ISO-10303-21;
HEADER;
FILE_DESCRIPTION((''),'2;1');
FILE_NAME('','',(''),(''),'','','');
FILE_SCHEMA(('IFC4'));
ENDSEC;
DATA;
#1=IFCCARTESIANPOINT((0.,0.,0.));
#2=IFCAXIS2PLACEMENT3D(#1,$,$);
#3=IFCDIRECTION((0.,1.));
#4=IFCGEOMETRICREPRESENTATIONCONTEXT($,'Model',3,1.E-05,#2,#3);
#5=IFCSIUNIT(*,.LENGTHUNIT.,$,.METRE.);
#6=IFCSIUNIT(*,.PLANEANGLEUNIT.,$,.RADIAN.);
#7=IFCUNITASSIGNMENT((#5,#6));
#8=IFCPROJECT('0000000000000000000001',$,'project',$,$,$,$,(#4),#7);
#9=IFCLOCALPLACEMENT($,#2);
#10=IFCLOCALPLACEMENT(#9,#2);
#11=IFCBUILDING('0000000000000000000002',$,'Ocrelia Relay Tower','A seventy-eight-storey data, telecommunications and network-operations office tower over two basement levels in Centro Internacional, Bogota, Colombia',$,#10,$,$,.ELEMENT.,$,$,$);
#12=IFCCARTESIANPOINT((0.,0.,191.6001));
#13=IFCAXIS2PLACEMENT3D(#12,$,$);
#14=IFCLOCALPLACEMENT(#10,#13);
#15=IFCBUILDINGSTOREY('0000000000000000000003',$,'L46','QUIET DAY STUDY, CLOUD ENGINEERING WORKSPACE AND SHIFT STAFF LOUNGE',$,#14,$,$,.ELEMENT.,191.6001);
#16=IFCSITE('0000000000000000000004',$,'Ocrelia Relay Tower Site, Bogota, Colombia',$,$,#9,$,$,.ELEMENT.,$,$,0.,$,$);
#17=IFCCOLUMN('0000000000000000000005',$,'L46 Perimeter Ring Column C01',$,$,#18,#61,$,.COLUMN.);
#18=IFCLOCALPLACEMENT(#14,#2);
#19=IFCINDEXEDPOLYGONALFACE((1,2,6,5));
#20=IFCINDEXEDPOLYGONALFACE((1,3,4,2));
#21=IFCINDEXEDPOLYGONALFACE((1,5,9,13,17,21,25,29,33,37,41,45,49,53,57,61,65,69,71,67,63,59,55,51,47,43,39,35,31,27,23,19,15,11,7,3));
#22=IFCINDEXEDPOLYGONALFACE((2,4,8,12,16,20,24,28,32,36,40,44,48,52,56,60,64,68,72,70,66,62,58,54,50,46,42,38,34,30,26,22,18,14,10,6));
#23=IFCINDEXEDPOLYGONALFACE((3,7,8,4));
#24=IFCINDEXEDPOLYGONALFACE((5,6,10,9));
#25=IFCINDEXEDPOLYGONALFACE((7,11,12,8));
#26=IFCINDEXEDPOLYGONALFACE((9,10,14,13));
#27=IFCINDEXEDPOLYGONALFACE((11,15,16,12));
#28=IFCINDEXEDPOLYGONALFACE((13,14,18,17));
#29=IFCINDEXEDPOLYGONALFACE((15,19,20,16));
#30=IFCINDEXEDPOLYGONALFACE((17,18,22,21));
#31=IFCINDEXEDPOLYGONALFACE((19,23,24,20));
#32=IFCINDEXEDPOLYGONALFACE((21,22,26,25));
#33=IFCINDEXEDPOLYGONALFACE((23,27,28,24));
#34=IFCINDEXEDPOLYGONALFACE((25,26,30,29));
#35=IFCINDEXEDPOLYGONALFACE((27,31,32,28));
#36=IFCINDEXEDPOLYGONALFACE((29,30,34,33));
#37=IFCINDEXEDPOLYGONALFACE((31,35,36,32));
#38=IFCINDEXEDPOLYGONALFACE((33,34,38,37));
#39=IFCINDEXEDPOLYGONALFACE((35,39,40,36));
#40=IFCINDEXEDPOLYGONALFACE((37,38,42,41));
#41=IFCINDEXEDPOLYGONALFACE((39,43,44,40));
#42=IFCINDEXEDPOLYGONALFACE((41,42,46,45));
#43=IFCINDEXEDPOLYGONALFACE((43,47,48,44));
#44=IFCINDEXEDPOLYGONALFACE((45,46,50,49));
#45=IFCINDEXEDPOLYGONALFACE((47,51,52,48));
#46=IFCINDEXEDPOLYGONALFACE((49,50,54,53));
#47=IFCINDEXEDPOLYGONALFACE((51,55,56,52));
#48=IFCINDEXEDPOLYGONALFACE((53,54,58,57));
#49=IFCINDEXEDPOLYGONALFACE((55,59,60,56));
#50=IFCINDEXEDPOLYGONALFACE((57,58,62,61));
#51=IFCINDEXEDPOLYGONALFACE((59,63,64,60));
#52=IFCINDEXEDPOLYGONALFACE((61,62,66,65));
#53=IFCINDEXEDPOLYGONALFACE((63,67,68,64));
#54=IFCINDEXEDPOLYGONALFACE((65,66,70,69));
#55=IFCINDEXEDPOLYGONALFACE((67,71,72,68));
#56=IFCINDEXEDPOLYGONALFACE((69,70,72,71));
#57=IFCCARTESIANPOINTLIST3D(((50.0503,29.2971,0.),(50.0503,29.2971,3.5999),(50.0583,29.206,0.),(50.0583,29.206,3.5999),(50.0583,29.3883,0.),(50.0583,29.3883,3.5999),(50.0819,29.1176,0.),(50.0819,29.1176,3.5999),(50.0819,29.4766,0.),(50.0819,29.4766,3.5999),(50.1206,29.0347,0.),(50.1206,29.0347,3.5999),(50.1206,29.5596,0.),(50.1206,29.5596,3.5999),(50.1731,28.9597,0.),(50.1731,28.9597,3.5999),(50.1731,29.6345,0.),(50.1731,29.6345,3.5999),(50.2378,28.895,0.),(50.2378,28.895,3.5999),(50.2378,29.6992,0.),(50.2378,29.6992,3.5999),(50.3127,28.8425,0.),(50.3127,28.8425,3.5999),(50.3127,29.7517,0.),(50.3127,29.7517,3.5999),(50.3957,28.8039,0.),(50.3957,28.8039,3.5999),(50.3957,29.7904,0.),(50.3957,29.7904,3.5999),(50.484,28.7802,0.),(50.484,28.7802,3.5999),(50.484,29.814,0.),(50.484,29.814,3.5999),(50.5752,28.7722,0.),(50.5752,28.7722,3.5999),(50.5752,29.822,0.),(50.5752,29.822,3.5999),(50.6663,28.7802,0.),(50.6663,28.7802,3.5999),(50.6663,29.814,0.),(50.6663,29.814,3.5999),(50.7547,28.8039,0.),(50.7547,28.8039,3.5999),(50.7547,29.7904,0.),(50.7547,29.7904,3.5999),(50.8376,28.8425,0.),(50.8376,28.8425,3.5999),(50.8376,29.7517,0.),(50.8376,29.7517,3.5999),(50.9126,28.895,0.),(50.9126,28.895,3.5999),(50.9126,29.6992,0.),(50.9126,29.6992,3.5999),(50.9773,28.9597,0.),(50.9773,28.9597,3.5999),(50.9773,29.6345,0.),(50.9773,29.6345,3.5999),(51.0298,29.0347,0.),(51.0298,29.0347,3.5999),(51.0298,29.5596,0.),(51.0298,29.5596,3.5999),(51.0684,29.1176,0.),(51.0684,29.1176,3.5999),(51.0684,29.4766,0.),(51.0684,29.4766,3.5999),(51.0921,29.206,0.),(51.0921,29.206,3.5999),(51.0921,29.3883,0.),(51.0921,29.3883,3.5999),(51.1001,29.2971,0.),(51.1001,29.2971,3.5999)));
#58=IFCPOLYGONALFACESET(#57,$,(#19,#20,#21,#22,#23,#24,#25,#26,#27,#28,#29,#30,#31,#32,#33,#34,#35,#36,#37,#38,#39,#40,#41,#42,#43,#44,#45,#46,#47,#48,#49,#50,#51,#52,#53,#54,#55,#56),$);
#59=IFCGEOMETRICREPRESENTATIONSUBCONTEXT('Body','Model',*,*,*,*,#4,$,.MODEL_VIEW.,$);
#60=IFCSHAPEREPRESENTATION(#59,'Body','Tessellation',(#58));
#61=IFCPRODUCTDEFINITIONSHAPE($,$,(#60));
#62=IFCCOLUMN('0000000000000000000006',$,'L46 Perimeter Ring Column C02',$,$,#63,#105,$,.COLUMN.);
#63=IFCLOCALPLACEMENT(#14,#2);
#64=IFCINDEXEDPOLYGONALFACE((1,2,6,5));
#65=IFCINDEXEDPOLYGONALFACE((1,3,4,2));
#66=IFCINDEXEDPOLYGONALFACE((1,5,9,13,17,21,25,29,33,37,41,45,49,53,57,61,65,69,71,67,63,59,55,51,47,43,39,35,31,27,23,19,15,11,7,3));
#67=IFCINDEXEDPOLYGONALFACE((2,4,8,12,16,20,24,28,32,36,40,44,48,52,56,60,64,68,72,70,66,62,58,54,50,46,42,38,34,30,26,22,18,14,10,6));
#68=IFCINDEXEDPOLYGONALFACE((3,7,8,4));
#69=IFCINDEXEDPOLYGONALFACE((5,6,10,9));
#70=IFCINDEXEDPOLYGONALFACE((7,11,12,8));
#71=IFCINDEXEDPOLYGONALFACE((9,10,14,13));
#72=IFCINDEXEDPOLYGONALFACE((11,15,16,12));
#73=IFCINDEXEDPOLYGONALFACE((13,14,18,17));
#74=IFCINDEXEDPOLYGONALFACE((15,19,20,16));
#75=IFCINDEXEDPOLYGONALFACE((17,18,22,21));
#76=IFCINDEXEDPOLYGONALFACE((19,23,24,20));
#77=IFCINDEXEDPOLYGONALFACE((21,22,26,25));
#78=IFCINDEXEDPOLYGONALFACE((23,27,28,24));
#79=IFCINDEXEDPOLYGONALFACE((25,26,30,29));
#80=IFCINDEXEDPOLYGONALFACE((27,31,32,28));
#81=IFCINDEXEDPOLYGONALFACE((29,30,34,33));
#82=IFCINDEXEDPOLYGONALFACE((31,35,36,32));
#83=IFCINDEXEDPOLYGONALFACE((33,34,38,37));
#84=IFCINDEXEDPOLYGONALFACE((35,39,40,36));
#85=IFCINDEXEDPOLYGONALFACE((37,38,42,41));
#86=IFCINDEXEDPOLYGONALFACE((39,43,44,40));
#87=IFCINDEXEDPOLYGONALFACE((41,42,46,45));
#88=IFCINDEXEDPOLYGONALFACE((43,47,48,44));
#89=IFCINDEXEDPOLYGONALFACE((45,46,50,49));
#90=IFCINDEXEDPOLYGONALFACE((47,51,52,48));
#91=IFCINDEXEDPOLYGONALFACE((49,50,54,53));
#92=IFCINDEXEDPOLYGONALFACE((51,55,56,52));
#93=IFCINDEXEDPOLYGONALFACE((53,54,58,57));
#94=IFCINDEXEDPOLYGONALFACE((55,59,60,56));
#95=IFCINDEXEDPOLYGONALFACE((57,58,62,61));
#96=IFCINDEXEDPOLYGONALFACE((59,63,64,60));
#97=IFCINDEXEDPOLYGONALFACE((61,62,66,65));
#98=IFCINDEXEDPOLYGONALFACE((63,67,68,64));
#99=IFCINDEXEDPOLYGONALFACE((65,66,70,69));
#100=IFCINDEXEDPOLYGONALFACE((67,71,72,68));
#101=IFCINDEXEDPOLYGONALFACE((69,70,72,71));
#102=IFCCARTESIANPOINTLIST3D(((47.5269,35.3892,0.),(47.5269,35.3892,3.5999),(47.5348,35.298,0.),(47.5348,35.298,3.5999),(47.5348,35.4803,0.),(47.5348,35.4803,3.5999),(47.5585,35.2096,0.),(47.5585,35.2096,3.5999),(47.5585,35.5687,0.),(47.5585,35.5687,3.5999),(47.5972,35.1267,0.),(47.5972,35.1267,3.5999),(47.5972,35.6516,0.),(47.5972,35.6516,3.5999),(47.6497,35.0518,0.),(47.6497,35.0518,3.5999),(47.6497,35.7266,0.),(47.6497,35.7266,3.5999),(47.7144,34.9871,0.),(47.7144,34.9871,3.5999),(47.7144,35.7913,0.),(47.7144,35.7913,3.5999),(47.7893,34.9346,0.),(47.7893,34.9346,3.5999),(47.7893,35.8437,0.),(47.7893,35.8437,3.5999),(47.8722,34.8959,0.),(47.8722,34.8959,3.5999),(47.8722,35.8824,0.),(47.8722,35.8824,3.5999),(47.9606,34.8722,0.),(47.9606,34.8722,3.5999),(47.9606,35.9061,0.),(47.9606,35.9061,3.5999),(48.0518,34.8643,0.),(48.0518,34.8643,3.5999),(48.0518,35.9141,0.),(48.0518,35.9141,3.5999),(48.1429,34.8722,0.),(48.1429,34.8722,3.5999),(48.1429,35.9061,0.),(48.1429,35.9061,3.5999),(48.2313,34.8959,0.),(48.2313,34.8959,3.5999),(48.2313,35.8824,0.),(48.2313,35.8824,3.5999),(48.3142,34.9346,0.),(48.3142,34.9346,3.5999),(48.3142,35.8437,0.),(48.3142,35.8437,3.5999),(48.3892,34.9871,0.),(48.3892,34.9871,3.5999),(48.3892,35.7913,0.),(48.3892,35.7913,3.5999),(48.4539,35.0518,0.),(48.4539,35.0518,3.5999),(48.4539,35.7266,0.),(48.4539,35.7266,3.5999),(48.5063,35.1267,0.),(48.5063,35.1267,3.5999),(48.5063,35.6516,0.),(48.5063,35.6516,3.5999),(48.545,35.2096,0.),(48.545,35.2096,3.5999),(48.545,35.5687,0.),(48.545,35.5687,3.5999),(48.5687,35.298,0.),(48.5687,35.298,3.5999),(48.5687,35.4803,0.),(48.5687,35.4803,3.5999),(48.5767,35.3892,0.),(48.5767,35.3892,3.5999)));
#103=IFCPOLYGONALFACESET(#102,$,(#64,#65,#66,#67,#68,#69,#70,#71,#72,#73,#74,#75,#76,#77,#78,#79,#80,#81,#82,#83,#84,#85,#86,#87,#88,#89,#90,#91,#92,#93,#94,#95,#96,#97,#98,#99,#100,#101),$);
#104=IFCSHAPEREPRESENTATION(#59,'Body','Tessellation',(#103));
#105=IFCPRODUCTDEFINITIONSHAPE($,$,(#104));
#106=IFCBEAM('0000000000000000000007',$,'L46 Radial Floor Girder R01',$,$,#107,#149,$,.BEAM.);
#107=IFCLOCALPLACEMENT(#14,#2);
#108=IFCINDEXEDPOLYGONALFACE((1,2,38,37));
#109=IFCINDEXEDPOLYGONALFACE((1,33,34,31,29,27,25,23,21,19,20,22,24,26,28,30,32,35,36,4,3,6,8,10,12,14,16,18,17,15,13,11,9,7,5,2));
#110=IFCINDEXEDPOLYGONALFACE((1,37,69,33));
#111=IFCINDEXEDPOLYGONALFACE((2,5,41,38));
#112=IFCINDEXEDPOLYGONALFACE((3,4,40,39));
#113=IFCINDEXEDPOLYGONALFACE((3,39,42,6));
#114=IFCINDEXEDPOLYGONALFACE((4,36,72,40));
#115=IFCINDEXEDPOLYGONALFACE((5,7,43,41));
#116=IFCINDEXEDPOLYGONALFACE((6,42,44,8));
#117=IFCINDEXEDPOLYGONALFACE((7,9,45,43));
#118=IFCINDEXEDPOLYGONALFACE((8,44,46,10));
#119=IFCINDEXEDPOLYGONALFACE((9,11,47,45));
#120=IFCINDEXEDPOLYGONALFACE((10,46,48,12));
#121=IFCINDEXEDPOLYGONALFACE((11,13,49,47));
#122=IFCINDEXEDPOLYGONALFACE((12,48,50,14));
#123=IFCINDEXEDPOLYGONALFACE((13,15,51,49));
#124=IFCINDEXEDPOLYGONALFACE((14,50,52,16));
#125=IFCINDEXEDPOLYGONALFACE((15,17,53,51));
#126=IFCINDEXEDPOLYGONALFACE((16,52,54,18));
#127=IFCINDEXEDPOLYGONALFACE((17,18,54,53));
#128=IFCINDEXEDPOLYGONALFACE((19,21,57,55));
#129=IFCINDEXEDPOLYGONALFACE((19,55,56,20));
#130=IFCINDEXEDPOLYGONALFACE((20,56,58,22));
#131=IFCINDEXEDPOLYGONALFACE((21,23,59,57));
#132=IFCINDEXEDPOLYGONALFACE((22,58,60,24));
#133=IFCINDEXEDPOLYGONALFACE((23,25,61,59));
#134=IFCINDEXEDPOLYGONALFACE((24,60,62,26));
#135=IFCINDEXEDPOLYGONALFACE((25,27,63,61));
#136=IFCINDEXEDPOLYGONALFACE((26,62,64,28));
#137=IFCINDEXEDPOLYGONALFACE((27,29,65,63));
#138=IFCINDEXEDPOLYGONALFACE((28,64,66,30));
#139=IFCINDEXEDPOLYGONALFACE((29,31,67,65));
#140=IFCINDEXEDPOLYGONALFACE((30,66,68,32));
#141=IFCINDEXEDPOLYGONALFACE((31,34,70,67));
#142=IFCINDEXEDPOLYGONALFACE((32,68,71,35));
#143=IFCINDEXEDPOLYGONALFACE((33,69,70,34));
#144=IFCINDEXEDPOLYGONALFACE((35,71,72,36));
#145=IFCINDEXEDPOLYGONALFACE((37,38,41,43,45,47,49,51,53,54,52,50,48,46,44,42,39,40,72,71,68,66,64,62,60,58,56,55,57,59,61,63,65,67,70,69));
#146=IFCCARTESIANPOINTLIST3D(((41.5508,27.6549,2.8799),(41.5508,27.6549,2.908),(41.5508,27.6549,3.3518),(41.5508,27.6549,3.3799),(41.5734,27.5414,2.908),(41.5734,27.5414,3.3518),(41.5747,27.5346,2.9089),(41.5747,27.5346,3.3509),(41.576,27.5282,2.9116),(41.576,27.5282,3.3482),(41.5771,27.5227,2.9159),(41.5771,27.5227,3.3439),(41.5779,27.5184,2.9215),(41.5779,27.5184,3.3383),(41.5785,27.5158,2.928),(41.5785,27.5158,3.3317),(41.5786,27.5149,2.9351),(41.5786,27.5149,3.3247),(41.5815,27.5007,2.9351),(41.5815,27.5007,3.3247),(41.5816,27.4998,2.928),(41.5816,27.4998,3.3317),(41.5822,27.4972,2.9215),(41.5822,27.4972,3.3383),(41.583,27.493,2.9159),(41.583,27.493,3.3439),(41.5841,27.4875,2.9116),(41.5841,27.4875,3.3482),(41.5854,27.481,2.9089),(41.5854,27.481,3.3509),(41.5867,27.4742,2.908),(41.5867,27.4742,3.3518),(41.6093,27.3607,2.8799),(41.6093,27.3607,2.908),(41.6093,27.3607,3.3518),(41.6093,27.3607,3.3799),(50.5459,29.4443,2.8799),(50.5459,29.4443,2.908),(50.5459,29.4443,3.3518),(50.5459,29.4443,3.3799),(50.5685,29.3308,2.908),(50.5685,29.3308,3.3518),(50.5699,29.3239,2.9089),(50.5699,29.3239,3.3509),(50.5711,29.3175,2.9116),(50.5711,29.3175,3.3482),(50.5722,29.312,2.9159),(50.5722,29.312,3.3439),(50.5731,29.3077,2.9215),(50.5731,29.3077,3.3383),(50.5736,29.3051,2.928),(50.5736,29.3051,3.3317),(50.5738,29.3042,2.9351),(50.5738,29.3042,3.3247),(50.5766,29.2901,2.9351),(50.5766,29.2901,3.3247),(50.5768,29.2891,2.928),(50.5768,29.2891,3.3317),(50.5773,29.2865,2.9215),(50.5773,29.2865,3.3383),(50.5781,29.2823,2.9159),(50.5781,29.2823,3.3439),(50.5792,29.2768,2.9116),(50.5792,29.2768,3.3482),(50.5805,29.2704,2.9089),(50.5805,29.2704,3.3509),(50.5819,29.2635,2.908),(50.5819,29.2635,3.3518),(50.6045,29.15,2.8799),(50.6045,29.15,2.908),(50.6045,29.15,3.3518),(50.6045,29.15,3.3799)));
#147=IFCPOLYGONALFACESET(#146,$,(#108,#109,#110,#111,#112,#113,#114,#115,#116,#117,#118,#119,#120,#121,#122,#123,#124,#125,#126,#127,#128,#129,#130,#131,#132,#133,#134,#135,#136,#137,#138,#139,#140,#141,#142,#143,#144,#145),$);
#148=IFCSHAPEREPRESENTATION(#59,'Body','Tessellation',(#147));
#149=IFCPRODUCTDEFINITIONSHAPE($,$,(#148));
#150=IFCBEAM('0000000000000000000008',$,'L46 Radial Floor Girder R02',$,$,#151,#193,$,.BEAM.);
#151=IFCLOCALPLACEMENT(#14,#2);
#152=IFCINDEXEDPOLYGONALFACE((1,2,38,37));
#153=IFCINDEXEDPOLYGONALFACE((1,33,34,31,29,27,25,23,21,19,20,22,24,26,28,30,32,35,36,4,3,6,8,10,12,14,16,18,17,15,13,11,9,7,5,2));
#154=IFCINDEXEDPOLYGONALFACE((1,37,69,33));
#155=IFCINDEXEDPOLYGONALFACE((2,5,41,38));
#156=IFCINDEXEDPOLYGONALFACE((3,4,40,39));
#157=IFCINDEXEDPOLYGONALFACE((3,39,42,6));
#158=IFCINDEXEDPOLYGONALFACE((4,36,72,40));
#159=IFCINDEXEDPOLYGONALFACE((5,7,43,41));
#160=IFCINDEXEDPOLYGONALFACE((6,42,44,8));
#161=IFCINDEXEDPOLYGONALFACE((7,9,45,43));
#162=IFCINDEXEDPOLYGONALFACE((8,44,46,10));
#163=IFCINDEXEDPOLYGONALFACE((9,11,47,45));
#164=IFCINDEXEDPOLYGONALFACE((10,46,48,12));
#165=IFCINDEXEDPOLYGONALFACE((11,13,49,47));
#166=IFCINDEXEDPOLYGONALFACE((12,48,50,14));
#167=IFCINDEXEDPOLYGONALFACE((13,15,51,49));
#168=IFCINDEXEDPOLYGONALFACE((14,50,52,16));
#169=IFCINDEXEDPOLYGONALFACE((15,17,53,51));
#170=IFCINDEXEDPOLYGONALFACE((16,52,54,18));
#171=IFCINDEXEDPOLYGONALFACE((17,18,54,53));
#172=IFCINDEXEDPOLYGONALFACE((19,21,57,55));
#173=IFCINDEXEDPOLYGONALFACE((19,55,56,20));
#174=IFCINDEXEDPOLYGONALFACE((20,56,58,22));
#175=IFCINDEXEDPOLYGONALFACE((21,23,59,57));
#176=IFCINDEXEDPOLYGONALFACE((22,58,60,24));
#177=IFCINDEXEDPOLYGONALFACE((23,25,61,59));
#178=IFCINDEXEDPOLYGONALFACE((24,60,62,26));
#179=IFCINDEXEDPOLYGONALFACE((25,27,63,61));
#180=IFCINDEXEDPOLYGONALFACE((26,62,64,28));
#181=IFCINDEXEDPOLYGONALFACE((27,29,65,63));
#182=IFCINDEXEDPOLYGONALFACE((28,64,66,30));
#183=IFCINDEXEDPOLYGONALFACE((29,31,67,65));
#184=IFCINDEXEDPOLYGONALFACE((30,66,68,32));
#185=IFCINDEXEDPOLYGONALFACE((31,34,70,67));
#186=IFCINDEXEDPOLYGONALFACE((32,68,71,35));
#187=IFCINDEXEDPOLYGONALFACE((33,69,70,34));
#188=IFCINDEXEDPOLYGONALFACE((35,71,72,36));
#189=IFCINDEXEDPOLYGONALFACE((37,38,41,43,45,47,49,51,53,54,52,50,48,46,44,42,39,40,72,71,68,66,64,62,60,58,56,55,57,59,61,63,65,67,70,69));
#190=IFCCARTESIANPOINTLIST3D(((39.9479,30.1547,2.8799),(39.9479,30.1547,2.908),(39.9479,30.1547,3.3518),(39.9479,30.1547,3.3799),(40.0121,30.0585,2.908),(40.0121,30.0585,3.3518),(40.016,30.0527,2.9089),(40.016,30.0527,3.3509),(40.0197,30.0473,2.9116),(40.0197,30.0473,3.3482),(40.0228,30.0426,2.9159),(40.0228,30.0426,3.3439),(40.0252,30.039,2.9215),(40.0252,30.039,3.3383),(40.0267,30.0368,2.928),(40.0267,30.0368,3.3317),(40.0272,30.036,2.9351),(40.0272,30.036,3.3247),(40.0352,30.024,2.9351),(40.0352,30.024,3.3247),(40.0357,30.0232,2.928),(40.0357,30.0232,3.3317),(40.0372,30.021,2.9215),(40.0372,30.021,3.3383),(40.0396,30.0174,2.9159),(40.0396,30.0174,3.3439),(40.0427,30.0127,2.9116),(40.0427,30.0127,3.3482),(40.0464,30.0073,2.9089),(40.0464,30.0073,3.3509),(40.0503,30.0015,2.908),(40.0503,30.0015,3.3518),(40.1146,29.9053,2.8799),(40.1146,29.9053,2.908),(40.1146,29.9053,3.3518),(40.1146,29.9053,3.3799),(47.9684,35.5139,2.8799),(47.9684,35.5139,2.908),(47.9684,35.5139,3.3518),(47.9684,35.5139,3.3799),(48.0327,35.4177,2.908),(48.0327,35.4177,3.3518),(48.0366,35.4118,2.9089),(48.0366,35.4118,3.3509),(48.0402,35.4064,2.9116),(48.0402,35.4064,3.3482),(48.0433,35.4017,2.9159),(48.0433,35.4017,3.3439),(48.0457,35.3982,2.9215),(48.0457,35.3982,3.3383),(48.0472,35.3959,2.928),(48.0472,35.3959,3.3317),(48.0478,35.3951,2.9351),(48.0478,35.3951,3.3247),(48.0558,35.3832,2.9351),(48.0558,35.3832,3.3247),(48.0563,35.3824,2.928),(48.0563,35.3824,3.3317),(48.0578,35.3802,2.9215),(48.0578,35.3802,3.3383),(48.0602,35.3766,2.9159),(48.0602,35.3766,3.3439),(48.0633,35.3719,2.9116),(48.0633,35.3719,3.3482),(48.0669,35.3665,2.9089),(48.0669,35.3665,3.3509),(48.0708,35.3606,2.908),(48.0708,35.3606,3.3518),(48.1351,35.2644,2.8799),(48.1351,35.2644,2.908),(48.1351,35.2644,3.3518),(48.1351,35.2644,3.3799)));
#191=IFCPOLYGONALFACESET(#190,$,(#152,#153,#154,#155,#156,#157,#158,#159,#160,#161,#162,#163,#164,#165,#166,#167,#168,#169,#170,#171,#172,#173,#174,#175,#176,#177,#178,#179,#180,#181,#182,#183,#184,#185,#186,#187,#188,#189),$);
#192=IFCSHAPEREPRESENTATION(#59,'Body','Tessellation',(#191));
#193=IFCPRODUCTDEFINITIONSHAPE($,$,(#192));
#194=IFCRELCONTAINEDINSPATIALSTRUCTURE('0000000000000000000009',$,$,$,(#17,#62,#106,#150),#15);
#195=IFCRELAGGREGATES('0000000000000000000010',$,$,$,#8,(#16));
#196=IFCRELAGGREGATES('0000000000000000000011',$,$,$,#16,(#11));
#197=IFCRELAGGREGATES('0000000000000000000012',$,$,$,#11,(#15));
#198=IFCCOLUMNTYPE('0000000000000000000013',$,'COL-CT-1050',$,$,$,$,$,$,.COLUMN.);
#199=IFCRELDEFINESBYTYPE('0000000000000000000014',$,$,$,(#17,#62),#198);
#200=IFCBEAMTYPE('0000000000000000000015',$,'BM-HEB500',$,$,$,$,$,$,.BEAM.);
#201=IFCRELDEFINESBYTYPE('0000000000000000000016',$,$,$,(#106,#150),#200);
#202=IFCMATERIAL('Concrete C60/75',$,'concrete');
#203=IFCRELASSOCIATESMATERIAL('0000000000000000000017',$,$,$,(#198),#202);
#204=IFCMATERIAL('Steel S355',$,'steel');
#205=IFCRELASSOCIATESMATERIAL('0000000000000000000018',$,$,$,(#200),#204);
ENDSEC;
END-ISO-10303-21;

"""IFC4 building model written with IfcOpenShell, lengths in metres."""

from ifc_helpers import new_model, si_unit, direction, frame, origin, origin_2d, place, context, subcontext, project, spatial, circle, i_section, extrude, material, material_profile, profile_set, type_object, element, save


model = new_model("IFC4")

# Units and contexts
model_context = context("Model", 3, precision=1e-05, world=origin(), true_north=direction((0.0, 1.0)))
body_context = subcontext(model_context, "Body", "Model", "MODEL_VIEW")
ifc_project = project(units=[si_unit("LENGTHUNIT", "METRE"), si_unit("PLANEANGLEUNIT", "RADIAN")], contexts=[model_context])

# Site, building, storey
site_placement = place(None, origin())
site = spatial("IfcSite", under=ifc_project, at=site_placement, Name="Ocrelia Relay Tower Site, Bogota, Colombia", CompositionType="ELEMENT", RefElevation=0.0)
building_placement = place(site_placement, origin())
building = spatial("IfcBuilding", under=site, at=building_placement, Name="Ocrelia Relay Tower", Description="A seventy-eight-storey data, telecommunications and network-operations office tower over two basement levels in Centro Internacional, Bogota, Colombia", CompositionType="ELEMENT")
storey_placement = place(building_placement, frame((0.0, 0.0, 191.6001)))
storey = spatial("IfcBuildingStorey", under=building, at=storey_placement, Name="L46", Description="QUIET DAY STUDY, CLOUD ENGINEERING WORKSPACE AND SHIFT STAFF LOUNGE", CompositionType="ELEMENT", Elevation=191.6001)

# Columns
ifc_material_1 = material(Name="Concrete C60/75", Category="concrete")
ifc_material_profile_1 = material_profile(ifc_material_1, circle(Radius=0.5249, at=origin_2d()), Name="RC-CIR-1050")
ifc_profile_set_1 = profile_set([ifc_material_profile_1], Name="Concrete C60/75")
column_type = type_object("IfcColumnType", Name="COL-CT-1050", PredefinedType="COLUMN", material=ifc_profile_set_1)
for number, where, z_axis, x_axis, name in (
    (1, (50.5752, 29.2971, 0.0), (0.0, 0.0, 1.0), (1.0, 0.0, 0.0), "L46 Perimeter Ring Column C01"),
    (2, (48.0518, 35.3892, 0.0), (0.0, 0.0, 1.0), (1.0, 0.0, 0.0), "L46 Perimeter Ring Column C02"),
):
    element("IfcColumn", number, at=place(storey_placement, frame(where, z_axis=z_axis, x_axis=x_axis)), inside=storey, type_object=column_type, Name=name, PredefinedType="COLUMN", context=body_context, shape_type="SweptSolid", body=[
        extrude(circle(Radius=0.5249, at=origin_2d()), origin(), (0.0, 0.0, 1.0), 3.5999),
    ])

# Beams
ifc_material_2 = material(Name="Steel S355", Category="steel")
ifc_material_profile_2 = material_profile(ifc_material_2, i_section(OverallWidth=0.3, OverallDepth=0.5, WebThickness=0.0144, FlangeThickness=0.0281, FilletRadius=0.0271, at=origin_2d()), Name="HEB 500")
ifc_profile_set_2 = profile_set([ifc_material_profile_2], Name="Steel S355")
beam_type_1 = type_object("IfcBeamType", Name="BM-HEB500", PredefinedType="BEAM", material=ifc_profile_set_2)
beam_1_placement = place(storey_placement, frame((50.5752, 29.2971, 3.1299), z_axis=(-0.980784, -0.195097, 0.0), x_axis=(0.195097, -0.980784, 0.0)))
element("IfcBeam", 3, at=beam_1_placement, inside=storey, type_object=beam_type_1, Name="L46 Radial Floor Girder R01", PredefinedType="BEAM", context=body_context, shape_type="SweptSolid", body=[
    extrude(i_section(OverallWidth=0.3, OverallDepth=0.5, WebThickness=0.0144, FlangeThickness=0.0281, FilletRadius=0.0271, at=origin_2d()), origin(), (0.0, 0.0, 1.0), 9.1714),
])
beam_2_placement = place(storey_placement, frame((48.0518, 35.3892, 3.1299), z_axis=(-0.83147, -0.55557, 0.0), x_axis=(0.55557, -0.83147, 0.0)))
element("IfcBeam", 4, at=beam_2_placement, inside=storey, type_object=beam_type_1, Name="L46 Radial Floor Girder R02", PredefinedType="BEAM", context=body_context, shape_type="SweptSolid", body=[
    extrude(i_section(OverallWidth=0.3, OverallDepth=0.5, WebThickness=0.0144, FlangeThickness=0.0281, FilletRadius=0.0271, at=origin_2d()), origin(), (0.0, 0.0, 1.0), 9.6462),
])

save(model, "model.ifc")
